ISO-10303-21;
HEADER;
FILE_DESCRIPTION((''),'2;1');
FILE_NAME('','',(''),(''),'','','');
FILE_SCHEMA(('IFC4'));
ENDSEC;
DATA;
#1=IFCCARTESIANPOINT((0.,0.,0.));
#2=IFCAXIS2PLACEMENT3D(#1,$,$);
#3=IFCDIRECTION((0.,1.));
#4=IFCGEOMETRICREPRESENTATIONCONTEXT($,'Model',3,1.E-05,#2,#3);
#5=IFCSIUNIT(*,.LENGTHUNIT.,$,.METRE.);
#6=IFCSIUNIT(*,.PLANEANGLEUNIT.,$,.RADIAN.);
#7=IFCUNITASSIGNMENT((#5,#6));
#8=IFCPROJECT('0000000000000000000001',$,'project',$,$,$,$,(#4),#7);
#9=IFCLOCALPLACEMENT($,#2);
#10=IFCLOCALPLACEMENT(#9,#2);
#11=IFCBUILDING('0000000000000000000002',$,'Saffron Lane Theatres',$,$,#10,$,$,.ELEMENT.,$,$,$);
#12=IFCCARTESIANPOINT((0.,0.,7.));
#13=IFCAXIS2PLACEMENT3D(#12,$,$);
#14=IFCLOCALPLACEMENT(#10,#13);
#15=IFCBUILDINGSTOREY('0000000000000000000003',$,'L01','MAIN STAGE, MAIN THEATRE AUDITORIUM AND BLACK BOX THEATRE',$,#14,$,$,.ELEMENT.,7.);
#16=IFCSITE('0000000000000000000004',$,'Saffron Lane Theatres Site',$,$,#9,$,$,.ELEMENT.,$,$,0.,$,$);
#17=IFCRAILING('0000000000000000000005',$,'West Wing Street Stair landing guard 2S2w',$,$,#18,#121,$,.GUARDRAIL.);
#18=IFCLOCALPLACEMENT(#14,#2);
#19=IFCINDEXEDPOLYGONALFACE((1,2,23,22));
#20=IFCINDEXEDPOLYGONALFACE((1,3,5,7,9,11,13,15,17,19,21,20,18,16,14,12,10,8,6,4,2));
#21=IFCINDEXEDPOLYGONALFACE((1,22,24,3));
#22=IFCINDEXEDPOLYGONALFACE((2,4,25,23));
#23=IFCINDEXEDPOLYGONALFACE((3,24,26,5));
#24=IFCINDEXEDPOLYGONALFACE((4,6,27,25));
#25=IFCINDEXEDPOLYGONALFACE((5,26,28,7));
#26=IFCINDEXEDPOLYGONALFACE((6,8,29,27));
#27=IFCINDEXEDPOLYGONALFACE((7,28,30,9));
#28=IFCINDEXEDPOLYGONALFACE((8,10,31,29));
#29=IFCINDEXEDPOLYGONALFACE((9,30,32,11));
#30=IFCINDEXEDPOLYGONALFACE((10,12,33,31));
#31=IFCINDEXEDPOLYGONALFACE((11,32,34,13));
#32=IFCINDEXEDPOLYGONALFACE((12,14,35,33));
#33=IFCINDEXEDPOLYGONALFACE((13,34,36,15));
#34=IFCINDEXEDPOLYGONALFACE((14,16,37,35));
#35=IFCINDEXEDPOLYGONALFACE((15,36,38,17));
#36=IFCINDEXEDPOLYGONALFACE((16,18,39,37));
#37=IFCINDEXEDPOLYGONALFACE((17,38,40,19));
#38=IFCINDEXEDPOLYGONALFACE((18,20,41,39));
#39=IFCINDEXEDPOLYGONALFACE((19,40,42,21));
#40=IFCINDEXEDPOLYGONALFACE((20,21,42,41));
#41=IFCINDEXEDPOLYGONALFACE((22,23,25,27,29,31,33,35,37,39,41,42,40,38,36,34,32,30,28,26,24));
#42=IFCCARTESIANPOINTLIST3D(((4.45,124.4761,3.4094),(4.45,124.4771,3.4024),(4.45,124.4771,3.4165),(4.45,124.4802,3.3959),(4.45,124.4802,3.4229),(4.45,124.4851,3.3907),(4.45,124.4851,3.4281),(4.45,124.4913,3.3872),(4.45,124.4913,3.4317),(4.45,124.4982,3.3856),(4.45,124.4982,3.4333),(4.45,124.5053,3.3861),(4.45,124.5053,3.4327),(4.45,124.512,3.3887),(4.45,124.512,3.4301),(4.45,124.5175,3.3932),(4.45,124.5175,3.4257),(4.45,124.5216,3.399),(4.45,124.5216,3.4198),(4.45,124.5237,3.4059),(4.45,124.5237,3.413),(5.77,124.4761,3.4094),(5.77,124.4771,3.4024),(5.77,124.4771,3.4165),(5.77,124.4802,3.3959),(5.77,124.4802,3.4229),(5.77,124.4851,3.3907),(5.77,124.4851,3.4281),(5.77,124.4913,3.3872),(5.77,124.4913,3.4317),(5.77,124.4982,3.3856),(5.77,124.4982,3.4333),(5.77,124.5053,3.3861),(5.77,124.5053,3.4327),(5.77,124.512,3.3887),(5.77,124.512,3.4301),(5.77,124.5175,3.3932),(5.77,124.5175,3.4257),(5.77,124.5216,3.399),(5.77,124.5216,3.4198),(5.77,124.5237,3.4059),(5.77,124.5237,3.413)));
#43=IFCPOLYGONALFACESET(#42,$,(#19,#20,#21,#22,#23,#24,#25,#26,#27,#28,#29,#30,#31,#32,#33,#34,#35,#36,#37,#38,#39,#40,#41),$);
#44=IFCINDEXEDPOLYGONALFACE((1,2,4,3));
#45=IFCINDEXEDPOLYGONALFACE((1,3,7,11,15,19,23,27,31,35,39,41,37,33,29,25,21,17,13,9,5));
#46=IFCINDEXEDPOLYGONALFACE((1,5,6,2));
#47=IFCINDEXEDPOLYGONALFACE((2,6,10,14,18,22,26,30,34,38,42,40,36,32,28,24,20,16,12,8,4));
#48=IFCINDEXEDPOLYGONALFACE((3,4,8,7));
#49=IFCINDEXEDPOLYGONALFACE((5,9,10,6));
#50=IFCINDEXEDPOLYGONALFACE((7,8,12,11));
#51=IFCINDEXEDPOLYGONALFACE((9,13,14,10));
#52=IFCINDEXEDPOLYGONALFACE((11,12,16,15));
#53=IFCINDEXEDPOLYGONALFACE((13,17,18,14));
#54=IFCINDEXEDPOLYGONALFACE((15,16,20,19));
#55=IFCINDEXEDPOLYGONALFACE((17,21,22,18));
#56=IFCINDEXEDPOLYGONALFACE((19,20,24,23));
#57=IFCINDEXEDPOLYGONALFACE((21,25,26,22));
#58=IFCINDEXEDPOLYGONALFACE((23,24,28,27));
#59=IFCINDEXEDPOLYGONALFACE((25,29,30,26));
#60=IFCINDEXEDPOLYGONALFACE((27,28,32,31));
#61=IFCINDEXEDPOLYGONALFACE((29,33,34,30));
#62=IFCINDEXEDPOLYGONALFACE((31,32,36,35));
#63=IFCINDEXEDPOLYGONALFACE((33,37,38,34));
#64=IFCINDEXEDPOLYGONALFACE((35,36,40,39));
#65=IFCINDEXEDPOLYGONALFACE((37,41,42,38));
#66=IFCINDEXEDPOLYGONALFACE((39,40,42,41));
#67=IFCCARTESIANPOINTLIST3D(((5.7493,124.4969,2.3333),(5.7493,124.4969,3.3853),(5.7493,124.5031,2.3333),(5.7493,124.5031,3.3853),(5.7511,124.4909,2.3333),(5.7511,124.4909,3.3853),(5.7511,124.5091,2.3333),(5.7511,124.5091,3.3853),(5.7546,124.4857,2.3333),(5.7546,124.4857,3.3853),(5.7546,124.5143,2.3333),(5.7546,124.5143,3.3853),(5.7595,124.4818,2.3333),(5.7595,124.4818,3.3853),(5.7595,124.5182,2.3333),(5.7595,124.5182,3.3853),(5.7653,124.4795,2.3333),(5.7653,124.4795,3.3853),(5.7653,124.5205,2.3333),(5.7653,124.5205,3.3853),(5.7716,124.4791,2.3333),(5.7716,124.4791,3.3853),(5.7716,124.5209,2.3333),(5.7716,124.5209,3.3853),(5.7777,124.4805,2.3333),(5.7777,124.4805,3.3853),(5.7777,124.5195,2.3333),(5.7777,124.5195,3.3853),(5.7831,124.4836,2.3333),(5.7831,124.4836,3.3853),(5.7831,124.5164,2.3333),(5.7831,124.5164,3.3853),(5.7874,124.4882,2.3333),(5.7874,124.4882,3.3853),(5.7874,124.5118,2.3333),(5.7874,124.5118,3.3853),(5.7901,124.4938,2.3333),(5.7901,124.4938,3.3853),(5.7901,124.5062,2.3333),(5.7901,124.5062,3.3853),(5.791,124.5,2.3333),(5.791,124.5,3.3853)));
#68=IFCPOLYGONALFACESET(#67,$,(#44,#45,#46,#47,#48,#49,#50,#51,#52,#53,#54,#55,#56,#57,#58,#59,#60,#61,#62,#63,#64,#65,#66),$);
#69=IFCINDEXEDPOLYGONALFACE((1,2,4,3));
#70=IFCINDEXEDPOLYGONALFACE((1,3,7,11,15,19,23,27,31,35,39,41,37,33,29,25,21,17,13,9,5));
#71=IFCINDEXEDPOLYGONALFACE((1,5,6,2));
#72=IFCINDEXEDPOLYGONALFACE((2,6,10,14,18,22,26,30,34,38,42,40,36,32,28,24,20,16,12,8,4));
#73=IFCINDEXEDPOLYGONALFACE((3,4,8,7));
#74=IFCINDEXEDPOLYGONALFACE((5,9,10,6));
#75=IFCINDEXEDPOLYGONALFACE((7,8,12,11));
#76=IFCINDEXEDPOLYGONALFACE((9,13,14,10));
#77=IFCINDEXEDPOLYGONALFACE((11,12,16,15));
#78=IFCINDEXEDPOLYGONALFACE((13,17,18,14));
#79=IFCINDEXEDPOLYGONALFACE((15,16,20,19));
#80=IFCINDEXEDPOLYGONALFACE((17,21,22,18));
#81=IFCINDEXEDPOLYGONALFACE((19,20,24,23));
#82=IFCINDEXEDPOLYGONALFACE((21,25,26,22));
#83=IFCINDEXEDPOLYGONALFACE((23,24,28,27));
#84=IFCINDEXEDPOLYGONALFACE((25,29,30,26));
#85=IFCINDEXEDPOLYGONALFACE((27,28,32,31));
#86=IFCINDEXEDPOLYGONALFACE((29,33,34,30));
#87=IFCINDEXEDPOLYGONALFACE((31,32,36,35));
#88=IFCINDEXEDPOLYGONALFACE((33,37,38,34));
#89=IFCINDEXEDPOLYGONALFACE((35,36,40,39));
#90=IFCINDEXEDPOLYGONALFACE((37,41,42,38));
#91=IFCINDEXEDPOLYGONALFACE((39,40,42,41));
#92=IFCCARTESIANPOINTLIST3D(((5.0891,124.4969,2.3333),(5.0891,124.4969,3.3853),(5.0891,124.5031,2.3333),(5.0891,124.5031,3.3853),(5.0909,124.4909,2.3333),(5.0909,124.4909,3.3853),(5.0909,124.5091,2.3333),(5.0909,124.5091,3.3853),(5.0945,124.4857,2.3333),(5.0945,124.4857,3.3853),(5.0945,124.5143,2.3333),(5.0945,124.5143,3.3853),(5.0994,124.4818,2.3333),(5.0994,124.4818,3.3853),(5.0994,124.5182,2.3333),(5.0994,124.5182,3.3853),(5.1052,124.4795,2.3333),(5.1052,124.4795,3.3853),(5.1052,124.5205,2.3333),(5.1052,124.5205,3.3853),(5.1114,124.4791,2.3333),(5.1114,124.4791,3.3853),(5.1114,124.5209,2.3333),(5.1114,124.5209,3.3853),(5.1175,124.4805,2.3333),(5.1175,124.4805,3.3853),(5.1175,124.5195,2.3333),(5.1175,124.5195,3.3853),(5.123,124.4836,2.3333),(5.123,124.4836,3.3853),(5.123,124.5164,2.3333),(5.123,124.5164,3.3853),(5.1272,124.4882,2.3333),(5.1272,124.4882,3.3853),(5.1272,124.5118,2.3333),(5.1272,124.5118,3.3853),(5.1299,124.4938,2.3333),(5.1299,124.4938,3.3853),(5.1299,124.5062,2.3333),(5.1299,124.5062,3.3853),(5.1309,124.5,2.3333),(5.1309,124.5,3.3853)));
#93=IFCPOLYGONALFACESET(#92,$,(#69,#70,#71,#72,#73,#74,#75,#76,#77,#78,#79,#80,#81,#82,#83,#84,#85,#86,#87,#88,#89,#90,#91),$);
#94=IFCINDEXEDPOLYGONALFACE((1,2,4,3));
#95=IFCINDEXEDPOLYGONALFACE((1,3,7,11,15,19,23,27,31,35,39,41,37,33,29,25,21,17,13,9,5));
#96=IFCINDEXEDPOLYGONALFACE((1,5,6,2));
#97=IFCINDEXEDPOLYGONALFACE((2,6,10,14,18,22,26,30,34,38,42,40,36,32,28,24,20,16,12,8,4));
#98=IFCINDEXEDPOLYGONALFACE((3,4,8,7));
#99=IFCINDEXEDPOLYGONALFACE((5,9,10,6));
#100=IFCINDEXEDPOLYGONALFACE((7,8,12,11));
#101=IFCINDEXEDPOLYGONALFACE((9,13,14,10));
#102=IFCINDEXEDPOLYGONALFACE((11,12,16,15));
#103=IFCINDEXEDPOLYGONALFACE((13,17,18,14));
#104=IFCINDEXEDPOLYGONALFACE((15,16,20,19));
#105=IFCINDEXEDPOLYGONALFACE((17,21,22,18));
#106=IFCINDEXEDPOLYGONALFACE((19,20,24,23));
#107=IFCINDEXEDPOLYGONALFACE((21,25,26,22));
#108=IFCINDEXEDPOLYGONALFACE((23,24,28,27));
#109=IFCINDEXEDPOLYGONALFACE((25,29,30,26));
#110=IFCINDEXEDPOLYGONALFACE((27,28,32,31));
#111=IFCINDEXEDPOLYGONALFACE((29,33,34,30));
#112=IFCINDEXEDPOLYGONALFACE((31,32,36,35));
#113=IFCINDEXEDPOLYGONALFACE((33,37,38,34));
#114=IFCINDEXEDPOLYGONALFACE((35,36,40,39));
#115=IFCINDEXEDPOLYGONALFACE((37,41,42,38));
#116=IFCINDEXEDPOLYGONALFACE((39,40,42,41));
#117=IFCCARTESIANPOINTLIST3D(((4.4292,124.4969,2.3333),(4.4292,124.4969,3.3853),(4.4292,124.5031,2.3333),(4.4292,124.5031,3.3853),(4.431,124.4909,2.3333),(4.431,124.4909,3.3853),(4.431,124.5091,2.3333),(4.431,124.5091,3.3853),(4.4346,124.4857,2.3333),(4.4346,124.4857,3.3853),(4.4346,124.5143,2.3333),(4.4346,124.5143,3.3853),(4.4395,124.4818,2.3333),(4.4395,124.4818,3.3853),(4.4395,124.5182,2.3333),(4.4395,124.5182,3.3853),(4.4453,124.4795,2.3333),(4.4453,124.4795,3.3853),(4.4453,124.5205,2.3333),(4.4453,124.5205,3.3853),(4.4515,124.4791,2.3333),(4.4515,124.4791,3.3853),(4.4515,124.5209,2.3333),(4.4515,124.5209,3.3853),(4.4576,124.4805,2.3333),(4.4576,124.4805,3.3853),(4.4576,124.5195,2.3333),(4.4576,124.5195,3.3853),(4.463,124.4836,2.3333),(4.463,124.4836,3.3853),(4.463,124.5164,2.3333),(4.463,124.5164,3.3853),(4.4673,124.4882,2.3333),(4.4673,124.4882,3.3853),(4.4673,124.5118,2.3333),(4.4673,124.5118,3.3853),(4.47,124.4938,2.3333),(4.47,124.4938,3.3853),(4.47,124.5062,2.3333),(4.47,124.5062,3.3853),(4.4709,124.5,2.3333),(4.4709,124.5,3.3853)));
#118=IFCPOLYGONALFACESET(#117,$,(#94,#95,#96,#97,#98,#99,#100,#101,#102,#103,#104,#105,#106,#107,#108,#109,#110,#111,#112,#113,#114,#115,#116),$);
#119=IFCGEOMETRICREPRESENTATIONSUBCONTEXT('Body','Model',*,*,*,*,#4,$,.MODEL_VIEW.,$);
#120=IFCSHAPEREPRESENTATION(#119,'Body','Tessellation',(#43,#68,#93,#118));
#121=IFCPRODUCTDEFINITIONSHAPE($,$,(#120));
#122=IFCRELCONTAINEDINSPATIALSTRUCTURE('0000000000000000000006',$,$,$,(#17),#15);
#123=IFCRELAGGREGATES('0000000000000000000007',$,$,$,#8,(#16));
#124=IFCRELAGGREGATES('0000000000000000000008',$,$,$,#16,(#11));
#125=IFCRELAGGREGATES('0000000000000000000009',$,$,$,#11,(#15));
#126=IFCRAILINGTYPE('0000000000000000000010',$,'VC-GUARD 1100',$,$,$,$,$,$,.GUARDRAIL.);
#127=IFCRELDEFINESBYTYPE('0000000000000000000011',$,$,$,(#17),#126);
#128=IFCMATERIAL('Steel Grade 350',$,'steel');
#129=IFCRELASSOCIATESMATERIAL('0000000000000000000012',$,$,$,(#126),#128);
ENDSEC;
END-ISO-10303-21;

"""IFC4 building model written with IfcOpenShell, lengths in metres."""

from ifc_helpers import new_model, si_unit, direction, frame, origin, origin_2d, place, context, subcontext, project, spatial, circle, extrude, material, type_object, element, save


model = new_model("IFC4")

# Units and contexts
model_context = context("Model", 3, precision=1e-05, world=origin(), true_north=direction((0.0, 1.0)))
body_context = subcontext(model_context, "Body", "Model", "MODEL_VIEW")
ifc_project = project(units=[si_unit("LENGTHUNIT", "METRE"), si_unit("PLANEANGLEUNIT", "RADIAN")], contexts=[model_context])

# Site, building, storey
site_placement = place(None, origin())
site = spatial("IfcSite", under=ifc_project, at=site_placement, Name="Saffron Lane Theatres Site", CompositionType="ELEMENT", RefElevation=0.0)
building_placement = place(site_placement, origin())
building = spatial("IfcBuilding", under=site, at=building_placement, Name="Saffron Lane Theatres", CompositionType="ELEMENT")
storey_placement = place(building_placement, frame((0.0, 0.0, 7.0)))
storey = spatial("IfcBuildingStorey", under=building, at=storey_placement, Name="L01", Description="MAIN STAGE, MAIN THEATRE AUDITORIUM AND BLACK BOX THEATRE", CompositionType="ELEMENT", Elevation=7.0)

# Railing
ifc_material_1 = material(Name="Steel Grade 350", Category="steel")
railing_type_1 = type_object("IfcRailingType", Name="VC-GUARD 1100", PredefinedType="GUARDRAIL", material=ifc_material_1)
railing_1_placement = place(storey_placement, frame((5.77, 124.5, 2.3333)))
element("IfcRailing", 1, at=railing_1_placement, inside=storey, type_object=railing_type_1, Name="West Wing Street Stair landing guard 2S2w", PredefinedType="GUARDRAIL", context=body_context, shape_type="SweptSolid", body=[
    extrude(circle(Radius=0.0239, at=origin_2d()), frame((0.0, 0.0, 1.0762), z_axis=(-1.0, 0.0, 0.0), x_axis=(0.0, -1.0, 0.0)), (0.0, 0.0, 1.0), 1.3201),
    extrude(circle(Radius=0.021, at=origin_2d()), origin(), (0.0, 0.0, 1.0), 1.052),
    extrude(circle(Radius=0.021, at=origin_2d()), frame((-0.6602, 0.0, 0.0)), (0.0, 0.0, 1.0), 1.052),
    extrude(circle(Radius=0.021, at=origin_2d()), frame((-1.3201, 0.0, 0.0)), (0.0, 0.0, 1.0), 1.052),
])

save(model, "model.ifc")
